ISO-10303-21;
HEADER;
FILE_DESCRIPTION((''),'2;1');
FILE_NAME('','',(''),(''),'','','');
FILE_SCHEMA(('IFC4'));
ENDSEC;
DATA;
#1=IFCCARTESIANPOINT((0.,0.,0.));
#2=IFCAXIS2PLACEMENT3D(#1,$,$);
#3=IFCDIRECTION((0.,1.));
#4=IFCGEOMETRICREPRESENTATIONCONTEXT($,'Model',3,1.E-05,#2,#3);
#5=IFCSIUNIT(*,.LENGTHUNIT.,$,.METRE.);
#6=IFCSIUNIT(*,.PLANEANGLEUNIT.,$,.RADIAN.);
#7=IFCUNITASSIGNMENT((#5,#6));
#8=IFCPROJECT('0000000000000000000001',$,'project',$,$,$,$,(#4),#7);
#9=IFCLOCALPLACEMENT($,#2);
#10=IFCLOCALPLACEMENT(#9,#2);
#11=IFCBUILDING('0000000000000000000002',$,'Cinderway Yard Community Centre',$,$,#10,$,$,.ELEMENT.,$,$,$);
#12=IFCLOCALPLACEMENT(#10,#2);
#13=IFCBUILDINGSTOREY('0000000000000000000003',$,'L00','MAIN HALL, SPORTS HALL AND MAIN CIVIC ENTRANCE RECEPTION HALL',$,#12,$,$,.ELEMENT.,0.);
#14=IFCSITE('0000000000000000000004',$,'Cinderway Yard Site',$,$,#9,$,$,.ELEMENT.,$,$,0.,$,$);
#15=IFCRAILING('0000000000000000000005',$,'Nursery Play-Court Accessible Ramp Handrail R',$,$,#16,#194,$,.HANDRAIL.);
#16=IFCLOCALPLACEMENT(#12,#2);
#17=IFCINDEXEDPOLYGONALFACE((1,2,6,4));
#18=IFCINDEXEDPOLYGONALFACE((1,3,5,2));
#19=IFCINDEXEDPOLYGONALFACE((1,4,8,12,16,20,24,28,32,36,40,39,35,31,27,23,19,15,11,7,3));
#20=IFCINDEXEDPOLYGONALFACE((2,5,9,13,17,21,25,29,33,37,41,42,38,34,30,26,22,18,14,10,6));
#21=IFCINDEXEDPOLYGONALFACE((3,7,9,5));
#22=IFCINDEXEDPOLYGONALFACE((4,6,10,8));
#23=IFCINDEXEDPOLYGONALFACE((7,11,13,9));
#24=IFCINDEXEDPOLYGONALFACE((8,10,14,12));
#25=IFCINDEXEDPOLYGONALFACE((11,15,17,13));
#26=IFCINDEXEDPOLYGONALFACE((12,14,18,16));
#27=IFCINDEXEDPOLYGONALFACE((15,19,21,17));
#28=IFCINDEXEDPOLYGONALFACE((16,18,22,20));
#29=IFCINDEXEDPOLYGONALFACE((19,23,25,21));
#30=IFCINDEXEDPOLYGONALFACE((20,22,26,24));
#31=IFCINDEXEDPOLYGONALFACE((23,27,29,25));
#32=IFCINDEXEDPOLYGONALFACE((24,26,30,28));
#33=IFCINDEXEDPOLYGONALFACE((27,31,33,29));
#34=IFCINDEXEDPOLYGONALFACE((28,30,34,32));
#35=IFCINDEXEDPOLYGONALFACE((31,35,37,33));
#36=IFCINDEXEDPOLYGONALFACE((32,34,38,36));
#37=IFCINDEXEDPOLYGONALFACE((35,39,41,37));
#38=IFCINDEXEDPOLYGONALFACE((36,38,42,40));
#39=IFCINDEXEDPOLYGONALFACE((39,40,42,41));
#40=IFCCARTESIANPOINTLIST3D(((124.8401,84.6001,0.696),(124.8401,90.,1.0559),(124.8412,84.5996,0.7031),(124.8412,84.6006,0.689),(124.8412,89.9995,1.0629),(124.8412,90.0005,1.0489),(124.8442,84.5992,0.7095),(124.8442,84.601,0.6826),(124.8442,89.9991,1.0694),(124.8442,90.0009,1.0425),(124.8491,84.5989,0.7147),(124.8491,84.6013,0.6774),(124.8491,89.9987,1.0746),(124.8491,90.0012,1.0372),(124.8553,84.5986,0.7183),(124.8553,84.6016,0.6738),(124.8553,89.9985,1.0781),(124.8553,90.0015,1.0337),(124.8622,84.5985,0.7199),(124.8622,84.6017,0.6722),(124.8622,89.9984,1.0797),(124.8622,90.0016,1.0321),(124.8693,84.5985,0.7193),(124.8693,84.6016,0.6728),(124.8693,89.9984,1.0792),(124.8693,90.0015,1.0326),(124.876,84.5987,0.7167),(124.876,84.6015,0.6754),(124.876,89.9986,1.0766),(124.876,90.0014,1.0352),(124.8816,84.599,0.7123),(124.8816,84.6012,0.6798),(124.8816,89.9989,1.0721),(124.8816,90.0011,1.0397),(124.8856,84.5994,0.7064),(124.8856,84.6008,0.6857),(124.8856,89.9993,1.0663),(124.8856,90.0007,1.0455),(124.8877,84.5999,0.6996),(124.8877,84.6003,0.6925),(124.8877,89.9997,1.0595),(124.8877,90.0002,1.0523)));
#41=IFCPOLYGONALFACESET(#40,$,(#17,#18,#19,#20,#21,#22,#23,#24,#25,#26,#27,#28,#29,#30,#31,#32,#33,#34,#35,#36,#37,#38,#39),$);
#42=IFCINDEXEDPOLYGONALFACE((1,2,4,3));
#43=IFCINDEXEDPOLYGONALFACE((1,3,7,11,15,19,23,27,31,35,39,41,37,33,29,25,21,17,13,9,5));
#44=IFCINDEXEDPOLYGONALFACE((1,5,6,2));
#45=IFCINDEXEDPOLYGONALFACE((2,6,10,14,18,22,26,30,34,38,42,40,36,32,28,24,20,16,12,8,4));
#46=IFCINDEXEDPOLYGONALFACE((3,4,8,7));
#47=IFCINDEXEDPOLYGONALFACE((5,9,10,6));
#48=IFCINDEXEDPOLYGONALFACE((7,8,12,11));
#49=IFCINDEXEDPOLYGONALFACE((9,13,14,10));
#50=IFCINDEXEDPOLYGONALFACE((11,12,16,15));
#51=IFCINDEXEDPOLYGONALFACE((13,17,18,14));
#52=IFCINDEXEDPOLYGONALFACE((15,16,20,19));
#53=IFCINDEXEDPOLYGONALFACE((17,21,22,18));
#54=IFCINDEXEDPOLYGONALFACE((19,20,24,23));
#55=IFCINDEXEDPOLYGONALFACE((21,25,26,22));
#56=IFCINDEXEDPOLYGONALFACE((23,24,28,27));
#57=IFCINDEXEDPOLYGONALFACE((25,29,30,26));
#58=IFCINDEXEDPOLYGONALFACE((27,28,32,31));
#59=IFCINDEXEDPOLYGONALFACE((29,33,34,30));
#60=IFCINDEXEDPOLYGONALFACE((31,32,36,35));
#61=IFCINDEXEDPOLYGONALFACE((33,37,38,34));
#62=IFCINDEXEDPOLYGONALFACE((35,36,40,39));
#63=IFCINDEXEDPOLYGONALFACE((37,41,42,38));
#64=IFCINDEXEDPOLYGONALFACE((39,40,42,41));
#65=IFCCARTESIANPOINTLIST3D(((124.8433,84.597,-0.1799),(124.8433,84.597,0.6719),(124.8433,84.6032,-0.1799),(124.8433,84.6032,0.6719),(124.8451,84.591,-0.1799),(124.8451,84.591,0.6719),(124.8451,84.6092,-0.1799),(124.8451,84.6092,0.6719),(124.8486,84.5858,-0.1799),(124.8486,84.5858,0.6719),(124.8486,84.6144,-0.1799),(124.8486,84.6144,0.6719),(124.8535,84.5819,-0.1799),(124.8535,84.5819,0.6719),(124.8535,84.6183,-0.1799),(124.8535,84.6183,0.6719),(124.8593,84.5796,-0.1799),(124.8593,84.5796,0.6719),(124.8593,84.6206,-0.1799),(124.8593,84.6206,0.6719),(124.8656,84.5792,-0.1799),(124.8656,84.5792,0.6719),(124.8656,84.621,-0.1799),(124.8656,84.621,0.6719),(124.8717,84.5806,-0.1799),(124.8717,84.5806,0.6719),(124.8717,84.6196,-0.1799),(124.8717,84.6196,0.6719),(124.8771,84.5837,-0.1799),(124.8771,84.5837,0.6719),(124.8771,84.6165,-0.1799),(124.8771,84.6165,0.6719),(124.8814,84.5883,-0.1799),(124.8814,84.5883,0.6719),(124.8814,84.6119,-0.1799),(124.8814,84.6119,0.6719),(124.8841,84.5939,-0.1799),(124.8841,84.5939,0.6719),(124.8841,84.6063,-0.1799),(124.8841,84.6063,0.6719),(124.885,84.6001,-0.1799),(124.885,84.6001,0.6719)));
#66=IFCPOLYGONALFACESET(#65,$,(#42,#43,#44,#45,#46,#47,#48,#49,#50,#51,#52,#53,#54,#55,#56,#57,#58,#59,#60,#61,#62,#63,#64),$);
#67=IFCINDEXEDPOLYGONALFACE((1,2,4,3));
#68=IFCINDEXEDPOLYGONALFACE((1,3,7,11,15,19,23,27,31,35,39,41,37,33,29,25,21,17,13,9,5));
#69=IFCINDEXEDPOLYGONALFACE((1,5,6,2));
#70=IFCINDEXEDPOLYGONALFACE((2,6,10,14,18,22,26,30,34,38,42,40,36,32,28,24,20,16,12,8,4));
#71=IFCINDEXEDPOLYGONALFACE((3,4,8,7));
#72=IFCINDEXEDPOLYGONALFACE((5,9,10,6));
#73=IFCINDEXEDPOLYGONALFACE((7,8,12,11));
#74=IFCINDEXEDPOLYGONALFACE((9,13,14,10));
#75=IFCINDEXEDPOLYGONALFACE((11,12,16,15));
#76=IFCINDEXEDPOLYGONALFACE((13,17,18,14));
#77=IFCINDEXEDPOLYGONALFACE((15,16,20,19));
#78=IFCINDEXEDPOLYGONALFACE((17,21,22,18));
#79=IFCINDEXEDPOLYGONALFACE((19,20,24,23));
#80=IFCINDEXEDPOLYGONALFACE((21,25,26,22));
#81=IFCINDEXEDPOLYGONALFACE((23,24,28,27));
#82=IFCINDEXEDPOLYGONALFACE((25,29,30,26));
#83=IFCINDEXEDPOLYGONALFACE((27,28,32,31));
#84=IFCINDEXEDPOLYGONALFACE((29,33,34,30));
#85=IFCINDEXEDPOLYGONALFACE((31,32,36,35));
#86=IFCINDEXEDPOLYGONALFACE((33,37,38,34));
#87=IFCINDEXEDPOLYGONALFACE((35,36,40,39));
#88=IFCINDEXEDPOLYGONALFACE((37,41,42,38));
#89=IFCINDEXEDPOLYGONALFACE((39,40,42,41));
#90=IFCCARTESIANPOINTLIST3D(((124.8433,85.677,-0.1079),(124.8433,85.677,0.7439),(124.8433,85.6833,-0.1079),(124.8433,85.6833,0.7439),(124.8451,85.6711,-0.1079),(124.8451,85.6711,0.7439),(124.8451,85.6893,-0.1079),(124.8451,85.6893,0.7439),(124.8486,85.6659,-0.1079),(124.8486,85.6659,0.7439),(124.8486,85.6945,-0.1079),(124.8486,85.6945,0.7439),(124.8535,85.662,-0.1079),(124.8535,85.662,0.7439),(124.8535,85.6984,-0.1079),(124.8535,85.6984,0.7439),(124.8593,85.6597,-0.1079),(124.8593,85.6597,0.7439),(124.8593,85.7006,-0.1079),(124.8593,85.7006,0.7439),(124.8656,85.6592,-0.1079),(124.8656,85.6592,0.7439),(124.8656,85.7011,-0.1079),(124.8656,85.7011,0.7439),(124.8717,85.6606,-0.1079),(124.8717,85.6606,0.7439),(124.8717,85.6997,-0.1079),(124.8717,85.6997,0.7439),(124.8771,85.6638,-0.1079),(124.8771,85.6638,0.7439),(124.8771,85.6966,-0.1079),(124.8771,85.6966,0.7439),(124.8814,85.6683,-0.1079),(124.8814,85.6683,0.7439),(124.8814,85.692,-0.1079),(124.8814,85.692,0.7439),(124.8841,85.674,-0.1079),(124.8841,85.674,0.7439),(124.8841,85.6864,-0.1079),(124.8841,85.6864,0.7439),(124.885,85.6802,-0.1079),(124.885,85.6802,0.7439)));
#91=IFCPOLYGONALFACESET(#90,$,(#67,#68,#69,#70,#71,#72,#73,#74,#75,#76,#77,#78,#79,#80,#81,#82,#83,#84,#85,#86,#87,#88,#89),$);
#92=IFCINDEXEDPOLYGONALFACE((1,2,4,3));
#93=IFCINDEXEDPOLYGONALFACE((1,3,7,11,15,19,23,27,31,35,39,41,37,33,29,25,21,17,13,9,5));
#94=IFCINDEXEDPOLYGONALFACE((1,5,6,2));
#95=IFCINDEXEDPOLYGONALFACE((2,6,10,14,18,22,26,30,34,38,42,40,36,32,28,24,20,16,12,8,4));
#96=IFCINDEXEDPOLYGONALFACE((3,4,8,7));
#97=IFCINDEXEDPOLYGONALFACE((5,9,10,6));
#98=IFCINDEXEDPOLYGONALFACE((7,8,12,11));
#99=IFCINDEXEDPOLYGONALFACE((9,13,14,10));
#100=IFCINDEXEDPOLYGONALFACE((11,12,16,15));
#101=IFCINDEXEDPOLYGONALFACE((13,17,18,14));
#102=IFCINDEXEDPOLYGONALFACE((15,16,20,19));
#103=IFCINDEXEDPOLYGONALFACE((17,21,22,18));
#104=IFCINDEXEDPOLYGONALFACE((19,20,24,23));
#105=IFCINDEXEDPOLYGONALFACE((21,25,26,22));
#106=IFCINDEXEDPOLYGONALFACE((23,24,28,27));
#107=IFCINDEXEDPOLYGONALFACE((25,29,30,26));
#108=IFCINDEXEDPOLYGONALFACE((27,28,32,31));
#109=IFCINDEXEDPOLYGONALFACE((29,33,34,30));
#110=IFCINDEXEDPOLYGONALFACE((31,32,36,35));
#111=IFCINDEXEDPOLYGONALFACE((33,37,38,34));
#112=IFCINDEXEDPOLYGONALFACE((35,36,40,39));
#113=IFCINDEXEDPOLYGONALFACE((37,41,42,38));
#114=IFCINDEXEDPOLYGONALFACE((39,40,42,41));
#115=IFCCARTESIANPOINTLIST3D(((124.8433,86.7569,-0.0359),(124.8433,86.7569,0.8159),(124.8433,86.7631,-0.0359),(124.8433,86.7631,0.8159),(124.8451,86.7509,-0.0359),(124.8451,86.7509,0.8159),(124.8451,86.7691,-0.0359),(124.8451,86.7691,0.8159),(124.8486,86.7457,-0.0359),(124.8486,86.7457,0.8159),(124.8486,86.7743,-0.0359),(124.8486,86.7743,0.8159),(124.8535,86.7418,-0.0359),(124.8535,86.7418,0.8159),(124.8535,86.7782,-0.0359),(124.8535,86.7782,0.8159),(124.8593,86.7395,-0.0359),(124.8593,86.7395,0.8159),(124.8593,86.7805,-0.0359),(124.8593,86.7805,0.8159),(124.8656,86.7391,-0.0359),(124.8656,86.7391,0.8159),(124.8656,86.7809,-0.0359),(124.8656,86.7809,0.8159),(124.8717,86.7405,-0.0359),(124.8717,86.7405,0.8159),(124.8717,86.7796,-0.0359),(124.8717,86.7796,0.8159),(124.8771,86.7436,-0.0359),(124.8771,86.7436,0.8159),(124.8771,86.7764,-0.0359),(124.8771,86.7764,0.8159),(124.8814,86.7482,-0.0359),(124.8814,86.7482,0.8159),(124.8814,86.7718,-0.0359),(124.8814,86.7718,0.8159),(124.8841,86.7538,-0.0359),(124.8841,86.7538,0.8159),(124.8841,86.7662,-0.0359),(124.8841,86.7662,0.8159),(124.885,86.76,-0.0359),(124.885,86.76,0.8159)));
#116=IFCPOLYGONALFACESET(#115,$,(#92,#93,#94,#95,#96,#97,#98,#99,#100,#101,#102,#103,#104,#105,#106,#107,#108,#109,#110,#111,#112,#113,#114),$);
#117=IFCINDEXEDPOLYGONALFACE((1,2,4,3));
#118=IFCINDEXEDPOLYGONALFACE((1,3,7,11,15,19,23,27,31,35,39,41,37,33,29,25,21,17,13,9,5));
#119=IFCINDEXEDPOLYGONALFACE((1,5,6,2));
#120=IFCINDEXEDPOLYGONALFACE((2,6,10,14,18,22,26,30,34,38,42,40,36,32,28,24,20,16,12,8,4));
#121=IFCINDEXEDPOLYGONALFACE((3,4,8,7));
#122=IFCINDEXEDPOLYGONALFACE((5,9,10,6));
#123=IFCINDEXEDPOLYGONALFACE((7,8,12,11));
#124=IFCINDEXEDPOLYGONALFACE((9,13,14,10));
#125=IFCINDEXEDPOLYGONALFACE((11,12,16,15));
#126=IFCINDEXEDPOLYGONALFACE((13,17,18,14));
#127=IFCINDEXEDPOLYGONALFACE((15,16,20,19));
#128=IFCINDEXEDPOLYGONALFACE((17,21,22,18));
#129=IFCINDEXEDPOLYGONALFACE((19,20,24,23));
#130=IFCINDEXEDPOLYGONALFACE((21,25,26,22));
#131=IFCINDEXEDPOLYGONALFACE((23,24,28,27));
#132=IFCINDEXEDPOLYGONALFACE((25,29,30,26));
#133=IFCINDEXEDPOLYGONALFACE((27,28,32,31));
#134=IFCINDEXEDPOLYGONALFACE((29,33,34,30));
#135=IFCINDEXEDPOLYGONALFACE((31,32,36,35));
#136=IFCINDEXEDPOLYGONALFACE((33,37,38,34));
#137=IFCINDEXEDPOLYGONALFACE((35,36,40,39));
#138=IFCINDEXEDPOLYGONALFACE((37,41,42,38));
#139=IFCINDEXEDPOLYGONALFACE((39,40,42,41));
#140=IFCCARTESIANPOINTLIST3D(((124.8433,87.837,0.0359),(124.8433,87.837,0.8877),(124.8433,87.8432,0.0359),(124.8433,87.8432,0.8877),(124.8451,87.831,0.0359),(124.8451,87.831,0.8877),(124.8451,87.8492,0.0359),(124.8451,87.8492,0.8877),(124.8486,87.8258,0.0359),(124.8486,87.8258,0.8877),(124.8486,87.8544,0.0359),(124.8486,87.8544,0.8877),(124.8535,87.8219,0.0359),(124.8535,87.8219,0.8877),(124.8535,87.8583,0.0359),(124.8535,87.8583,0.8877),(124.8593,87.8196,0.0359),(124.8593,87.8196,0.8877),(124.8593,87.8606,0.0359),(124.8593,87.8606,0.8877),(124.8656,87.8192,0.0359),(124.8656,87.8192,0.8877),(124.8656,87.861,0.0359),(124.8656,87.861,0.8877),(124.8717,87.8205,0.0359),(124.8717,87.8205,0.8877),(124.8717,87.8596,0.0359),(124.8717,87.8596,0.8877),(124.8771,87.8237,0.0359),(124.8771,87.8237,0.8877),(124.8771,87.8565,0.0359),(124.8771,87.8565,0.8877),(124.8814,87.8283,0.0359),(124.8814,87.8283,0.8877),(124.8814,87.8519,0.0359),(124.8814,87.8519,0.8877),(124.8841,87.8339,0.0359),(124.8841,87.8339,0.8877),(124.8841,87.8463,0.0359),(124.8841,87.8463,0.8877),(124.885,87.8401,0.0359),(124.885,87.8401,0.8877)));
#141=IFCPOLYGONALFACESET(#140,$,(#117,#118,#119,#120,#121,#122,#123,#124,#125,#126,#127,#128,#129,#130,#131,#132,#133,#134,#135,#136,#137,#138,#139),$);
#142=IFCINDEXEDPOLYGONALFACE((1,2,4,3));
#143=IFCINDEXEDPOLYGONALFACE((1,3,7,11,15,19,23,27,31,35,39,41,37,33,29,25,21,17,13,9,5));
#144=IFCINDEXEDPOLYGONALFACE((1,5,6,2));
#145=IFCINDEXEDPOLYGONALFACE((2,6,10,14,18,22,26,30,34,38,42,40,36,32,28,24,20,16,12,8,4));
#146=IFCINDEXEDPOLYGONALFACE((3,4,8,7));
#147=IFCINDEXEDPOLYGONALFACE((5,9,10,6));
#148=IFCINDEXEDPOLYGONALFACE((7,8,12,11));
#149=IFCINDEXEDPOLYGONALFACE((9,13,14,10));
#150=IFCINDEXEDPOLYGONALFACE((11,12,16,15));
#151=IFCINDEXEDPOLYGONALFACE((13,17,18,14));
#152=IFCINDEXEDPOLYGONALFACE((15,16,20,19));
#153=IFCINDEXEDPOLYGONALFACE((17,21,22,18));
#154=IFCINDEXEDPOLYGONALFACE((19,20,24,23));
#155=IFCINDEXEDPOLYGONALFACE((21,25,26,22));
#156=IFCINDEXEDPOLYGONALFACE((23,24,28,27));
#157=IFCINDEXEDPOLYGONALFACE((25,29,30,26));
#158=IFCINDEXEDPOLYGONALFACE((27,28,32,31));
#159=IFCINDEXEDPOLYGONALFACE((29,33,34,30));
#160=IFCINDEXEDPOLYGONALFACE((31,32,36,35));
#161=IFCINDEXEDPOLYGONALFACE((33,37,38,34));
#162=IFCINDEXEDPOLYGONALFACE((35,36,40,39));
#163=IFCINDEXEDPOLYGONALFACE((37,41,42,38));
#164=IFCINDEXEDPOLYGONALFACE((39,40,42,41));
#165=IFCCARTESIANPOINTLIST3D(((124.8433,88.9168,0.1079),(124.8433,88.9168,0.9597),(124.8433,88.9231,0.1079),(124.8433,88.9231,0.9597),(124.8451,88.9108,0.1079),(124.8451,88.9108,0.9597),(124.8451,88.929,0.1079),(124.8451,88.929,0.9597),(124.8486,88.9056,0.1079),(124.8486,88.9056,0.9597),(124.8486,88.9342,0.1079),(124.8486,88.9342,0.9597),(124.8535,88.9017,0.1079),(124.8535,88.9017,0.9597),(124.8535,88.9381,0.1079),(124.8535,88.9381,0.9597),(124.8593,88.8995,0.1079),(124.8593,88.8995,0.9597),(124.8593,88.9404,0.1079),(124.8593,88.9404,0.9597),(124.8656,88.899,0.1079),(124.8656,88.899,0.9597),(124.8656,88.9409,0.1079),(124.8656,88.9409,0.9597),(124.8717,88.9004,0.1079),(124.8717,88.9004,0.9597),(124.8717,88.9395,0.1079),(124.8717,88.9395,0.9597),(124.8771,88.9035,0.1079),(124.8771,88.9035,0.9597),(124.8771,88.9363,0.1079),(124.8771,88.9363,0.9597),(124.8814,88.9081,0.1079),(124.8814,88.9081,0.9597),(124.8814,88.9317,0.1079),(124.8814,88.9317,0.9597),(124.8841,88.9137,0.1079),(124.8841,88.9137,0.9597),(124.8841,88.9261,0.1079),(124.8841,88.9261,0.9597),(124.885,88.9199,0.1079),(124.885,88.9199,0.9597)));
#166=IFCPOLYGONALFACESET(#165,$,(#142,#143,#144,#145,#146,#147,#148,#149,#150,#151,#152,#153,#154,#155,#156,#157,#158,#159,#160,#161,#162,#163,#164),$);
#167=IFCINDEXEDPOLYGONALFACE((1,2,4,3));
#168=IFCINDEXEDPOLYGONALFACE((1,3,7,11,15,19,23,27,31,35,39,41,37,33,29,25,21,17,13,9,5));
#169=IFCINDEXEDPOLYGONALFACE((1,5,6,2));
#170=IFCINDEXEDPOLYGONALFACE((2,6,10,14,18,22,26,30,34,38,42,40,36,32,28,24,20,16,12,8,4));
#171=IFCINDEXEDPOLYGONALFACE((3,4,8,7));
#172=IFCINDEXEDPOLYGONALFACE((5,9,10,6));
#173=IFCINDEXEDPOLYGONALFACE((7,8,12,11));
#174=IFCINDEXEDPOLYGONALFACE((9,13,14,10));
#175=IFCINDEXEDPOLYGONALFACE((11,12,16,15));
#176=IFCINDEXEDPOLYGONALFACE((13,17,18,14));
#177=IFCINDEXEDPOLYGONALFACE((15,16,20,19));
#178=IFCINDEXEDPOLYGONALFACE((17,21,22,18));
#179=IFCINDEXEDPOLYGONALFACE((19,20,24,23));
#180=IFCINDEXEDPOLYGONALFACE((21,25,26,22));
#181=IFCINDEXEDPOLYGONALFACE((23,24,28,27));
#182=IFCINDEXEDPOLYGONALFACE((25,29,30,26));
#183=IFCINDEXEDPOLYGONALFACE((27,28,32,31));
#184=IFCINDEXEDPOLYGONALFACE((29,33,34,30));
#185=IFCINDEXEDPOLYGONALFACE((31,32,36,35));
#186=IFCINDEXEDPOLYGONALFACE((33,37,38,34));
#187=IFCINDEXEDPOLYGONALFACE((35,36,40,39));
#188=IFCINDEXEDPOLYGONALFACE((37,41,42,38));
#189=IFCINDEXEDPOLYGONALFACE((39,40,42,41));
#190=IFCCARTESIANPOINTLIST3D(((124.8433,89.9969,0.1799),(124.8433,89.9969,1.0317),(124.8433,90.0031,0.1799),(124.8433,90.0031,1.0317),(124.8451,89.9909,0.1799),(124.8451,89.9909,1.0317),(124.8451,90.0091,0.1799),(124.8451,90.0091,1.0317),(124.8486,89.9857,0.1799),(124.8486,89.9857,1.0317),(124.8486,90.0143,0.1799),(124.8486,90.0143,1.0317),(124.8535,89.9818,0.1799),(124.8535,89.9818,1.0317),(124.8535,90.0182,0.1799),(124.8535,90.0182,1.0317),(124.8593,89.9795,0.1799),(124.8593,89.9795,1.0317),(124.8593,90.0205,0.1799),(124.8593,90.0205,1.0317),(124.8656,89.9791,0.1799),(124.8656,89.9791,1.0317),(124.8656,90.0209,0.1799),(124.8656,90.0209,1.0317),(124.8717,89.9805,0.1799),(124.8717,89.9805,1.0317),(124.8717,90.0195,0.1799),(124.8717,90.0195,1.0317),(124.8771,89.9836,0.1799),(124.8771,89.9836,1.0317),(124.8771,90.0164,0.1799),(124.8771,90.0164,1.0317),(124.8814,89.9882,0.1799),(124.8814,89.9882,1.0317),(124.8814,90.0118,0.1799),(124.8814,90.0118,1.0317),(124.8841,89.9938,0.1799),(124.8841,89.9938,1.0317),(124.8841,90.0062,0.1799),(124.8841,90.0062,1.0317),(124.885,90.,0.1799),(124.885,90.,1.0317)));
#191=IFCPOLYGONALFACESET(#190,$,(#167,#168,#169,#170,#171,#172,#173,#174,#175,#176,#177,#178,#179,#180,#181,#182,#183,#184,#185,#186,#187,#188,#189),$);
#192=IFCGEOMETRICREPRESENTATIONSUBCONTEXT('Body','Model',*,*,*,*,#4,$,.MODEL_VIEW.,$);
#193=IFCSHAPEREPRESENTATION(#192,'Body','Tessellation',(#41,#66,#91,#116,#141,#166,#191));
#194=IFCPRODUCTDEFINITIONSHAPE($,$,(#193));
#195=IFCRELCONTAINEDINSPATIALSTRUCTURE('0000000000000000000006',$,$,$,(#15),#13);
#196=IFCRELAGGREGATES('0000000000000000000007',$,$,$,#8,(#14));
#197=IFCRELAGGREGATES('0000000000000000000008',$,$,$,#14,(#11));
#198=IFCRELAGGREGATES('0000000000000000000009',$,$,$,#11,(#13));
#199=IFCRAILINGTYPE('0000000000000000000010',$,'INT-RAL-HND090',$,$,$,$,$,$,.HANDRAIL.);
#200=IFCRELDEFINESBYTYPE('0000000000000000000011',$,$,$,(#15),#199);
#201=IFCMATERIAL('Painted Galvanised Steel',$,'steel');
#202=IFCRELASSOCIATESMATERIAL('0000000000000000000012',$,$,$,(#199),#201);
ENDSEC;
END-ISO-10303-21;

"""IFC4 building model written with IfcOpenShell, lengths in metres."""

from ifc_helpers import new_model, si_unit, direction, frame, origin, origin_2d, place, context, subcontext, project, spatial, circle, extrude, material, type_object, element, save


model = new_model("IFC4")

# Units and contexts
model_context = context("Model", 3, precision=1e-05, world=origin(), true_north=direction((0.0, 1.0)))
body_context = subcontext(model_context, "Body", "Model", "MODEL_VIEW")
ifc_project = project(units=[si_unit("LENGTHUNIT", "METRE"), si_unit("PLANEANGLEUNIT", "RADIAN")], contexts=[model_context])

# Site, building, storey
site_placement = place(None, origin())
site = spatial("IfcSite", under=ifc_project, at=site_placement, Name="Cinderway Yard Site", CompositionType="ELEMENT", RefElevation=0.0)
building_placement = place(site_placement, origin())
building = spatial("IfcBuilding", under=site, at=building_placement, Name="Cinderway Yard Community Centre", CompositionType="ELEMENT")
storey_placement = place(building_placement, origin())
storey = spatial("IfcBuildingStorey", under=building, at=storey_placement, Name="L00", Description="MAIN HALL, SPORTS HALL AND MAIN CIVIC ENTRANCE RECEPTION HALL", CompositionType="ELEMENT", Elevation=0.0)

# Railing
ifc_material_1 = material(Name="Painted Galvanised Steel", Category="steel")
railing_type = type_object("IfcRailingType", Name="INT-RAL-HND090", PredefinedType="HANDRAIL", material=ifc_material_1)
for number, where, name in (
    (1, (124.864, 84.6001, -0.1799), "Nursery Play-Court Accessible Ramp Handrail R"),
):
    element("IfcRailing", number, at=place(storey_placement, frame(where)), inside=storey, type_object=railing_type, Name=name, PredefinedType="HANDRAIL", context=body_context, shape_type="SweptSolid", body=[
        extrude(circle(Radius=0.0239, at=origin_2d()), frame((0.0, 0.0, 0.876), z_axis=(0.0, 0.997787, 0.066495), x_axis=(-1.0, 0.0, 0.0)), (0.0, 0.0, 1.0), 5.4119),
        extrude(circle(Radius=0.021, at=origin_2d()), origin(), (0.0, 0.0, 1.0), 0.8518),
        extrude(circle(Radius=0.021, at=origin_2d()), frame((0.0, 1.0801, 0.072)), (0.0, 0.0, 1.0), 0.8518),
        extrude(circle(Radius=0.021, at=origin_2d()), frame((0.0, 2.1599, 0.144)), (0.0, 0.0, 1.0), 0.8518),
        extrude(circle(Radius=0.021, at=origin_2d()), frame((0.0, 3.24, 0.2158)), (0.0, 0.0, 1.0), 0.8518),
        extrude(circle(Radius=0.021, at=origin_2d()), frame((0.0, 4.3198, 0.2878)), (0.0, 0.0, 1.0), 0.8518),
        extrude(circle(Radius=0.021, at=origin_2d()), frame((0.0, 5.3999, 0.3599)), (0.0, 0.0, 1.0), 0.8518),
    ])

save(model, "model.ifc")
